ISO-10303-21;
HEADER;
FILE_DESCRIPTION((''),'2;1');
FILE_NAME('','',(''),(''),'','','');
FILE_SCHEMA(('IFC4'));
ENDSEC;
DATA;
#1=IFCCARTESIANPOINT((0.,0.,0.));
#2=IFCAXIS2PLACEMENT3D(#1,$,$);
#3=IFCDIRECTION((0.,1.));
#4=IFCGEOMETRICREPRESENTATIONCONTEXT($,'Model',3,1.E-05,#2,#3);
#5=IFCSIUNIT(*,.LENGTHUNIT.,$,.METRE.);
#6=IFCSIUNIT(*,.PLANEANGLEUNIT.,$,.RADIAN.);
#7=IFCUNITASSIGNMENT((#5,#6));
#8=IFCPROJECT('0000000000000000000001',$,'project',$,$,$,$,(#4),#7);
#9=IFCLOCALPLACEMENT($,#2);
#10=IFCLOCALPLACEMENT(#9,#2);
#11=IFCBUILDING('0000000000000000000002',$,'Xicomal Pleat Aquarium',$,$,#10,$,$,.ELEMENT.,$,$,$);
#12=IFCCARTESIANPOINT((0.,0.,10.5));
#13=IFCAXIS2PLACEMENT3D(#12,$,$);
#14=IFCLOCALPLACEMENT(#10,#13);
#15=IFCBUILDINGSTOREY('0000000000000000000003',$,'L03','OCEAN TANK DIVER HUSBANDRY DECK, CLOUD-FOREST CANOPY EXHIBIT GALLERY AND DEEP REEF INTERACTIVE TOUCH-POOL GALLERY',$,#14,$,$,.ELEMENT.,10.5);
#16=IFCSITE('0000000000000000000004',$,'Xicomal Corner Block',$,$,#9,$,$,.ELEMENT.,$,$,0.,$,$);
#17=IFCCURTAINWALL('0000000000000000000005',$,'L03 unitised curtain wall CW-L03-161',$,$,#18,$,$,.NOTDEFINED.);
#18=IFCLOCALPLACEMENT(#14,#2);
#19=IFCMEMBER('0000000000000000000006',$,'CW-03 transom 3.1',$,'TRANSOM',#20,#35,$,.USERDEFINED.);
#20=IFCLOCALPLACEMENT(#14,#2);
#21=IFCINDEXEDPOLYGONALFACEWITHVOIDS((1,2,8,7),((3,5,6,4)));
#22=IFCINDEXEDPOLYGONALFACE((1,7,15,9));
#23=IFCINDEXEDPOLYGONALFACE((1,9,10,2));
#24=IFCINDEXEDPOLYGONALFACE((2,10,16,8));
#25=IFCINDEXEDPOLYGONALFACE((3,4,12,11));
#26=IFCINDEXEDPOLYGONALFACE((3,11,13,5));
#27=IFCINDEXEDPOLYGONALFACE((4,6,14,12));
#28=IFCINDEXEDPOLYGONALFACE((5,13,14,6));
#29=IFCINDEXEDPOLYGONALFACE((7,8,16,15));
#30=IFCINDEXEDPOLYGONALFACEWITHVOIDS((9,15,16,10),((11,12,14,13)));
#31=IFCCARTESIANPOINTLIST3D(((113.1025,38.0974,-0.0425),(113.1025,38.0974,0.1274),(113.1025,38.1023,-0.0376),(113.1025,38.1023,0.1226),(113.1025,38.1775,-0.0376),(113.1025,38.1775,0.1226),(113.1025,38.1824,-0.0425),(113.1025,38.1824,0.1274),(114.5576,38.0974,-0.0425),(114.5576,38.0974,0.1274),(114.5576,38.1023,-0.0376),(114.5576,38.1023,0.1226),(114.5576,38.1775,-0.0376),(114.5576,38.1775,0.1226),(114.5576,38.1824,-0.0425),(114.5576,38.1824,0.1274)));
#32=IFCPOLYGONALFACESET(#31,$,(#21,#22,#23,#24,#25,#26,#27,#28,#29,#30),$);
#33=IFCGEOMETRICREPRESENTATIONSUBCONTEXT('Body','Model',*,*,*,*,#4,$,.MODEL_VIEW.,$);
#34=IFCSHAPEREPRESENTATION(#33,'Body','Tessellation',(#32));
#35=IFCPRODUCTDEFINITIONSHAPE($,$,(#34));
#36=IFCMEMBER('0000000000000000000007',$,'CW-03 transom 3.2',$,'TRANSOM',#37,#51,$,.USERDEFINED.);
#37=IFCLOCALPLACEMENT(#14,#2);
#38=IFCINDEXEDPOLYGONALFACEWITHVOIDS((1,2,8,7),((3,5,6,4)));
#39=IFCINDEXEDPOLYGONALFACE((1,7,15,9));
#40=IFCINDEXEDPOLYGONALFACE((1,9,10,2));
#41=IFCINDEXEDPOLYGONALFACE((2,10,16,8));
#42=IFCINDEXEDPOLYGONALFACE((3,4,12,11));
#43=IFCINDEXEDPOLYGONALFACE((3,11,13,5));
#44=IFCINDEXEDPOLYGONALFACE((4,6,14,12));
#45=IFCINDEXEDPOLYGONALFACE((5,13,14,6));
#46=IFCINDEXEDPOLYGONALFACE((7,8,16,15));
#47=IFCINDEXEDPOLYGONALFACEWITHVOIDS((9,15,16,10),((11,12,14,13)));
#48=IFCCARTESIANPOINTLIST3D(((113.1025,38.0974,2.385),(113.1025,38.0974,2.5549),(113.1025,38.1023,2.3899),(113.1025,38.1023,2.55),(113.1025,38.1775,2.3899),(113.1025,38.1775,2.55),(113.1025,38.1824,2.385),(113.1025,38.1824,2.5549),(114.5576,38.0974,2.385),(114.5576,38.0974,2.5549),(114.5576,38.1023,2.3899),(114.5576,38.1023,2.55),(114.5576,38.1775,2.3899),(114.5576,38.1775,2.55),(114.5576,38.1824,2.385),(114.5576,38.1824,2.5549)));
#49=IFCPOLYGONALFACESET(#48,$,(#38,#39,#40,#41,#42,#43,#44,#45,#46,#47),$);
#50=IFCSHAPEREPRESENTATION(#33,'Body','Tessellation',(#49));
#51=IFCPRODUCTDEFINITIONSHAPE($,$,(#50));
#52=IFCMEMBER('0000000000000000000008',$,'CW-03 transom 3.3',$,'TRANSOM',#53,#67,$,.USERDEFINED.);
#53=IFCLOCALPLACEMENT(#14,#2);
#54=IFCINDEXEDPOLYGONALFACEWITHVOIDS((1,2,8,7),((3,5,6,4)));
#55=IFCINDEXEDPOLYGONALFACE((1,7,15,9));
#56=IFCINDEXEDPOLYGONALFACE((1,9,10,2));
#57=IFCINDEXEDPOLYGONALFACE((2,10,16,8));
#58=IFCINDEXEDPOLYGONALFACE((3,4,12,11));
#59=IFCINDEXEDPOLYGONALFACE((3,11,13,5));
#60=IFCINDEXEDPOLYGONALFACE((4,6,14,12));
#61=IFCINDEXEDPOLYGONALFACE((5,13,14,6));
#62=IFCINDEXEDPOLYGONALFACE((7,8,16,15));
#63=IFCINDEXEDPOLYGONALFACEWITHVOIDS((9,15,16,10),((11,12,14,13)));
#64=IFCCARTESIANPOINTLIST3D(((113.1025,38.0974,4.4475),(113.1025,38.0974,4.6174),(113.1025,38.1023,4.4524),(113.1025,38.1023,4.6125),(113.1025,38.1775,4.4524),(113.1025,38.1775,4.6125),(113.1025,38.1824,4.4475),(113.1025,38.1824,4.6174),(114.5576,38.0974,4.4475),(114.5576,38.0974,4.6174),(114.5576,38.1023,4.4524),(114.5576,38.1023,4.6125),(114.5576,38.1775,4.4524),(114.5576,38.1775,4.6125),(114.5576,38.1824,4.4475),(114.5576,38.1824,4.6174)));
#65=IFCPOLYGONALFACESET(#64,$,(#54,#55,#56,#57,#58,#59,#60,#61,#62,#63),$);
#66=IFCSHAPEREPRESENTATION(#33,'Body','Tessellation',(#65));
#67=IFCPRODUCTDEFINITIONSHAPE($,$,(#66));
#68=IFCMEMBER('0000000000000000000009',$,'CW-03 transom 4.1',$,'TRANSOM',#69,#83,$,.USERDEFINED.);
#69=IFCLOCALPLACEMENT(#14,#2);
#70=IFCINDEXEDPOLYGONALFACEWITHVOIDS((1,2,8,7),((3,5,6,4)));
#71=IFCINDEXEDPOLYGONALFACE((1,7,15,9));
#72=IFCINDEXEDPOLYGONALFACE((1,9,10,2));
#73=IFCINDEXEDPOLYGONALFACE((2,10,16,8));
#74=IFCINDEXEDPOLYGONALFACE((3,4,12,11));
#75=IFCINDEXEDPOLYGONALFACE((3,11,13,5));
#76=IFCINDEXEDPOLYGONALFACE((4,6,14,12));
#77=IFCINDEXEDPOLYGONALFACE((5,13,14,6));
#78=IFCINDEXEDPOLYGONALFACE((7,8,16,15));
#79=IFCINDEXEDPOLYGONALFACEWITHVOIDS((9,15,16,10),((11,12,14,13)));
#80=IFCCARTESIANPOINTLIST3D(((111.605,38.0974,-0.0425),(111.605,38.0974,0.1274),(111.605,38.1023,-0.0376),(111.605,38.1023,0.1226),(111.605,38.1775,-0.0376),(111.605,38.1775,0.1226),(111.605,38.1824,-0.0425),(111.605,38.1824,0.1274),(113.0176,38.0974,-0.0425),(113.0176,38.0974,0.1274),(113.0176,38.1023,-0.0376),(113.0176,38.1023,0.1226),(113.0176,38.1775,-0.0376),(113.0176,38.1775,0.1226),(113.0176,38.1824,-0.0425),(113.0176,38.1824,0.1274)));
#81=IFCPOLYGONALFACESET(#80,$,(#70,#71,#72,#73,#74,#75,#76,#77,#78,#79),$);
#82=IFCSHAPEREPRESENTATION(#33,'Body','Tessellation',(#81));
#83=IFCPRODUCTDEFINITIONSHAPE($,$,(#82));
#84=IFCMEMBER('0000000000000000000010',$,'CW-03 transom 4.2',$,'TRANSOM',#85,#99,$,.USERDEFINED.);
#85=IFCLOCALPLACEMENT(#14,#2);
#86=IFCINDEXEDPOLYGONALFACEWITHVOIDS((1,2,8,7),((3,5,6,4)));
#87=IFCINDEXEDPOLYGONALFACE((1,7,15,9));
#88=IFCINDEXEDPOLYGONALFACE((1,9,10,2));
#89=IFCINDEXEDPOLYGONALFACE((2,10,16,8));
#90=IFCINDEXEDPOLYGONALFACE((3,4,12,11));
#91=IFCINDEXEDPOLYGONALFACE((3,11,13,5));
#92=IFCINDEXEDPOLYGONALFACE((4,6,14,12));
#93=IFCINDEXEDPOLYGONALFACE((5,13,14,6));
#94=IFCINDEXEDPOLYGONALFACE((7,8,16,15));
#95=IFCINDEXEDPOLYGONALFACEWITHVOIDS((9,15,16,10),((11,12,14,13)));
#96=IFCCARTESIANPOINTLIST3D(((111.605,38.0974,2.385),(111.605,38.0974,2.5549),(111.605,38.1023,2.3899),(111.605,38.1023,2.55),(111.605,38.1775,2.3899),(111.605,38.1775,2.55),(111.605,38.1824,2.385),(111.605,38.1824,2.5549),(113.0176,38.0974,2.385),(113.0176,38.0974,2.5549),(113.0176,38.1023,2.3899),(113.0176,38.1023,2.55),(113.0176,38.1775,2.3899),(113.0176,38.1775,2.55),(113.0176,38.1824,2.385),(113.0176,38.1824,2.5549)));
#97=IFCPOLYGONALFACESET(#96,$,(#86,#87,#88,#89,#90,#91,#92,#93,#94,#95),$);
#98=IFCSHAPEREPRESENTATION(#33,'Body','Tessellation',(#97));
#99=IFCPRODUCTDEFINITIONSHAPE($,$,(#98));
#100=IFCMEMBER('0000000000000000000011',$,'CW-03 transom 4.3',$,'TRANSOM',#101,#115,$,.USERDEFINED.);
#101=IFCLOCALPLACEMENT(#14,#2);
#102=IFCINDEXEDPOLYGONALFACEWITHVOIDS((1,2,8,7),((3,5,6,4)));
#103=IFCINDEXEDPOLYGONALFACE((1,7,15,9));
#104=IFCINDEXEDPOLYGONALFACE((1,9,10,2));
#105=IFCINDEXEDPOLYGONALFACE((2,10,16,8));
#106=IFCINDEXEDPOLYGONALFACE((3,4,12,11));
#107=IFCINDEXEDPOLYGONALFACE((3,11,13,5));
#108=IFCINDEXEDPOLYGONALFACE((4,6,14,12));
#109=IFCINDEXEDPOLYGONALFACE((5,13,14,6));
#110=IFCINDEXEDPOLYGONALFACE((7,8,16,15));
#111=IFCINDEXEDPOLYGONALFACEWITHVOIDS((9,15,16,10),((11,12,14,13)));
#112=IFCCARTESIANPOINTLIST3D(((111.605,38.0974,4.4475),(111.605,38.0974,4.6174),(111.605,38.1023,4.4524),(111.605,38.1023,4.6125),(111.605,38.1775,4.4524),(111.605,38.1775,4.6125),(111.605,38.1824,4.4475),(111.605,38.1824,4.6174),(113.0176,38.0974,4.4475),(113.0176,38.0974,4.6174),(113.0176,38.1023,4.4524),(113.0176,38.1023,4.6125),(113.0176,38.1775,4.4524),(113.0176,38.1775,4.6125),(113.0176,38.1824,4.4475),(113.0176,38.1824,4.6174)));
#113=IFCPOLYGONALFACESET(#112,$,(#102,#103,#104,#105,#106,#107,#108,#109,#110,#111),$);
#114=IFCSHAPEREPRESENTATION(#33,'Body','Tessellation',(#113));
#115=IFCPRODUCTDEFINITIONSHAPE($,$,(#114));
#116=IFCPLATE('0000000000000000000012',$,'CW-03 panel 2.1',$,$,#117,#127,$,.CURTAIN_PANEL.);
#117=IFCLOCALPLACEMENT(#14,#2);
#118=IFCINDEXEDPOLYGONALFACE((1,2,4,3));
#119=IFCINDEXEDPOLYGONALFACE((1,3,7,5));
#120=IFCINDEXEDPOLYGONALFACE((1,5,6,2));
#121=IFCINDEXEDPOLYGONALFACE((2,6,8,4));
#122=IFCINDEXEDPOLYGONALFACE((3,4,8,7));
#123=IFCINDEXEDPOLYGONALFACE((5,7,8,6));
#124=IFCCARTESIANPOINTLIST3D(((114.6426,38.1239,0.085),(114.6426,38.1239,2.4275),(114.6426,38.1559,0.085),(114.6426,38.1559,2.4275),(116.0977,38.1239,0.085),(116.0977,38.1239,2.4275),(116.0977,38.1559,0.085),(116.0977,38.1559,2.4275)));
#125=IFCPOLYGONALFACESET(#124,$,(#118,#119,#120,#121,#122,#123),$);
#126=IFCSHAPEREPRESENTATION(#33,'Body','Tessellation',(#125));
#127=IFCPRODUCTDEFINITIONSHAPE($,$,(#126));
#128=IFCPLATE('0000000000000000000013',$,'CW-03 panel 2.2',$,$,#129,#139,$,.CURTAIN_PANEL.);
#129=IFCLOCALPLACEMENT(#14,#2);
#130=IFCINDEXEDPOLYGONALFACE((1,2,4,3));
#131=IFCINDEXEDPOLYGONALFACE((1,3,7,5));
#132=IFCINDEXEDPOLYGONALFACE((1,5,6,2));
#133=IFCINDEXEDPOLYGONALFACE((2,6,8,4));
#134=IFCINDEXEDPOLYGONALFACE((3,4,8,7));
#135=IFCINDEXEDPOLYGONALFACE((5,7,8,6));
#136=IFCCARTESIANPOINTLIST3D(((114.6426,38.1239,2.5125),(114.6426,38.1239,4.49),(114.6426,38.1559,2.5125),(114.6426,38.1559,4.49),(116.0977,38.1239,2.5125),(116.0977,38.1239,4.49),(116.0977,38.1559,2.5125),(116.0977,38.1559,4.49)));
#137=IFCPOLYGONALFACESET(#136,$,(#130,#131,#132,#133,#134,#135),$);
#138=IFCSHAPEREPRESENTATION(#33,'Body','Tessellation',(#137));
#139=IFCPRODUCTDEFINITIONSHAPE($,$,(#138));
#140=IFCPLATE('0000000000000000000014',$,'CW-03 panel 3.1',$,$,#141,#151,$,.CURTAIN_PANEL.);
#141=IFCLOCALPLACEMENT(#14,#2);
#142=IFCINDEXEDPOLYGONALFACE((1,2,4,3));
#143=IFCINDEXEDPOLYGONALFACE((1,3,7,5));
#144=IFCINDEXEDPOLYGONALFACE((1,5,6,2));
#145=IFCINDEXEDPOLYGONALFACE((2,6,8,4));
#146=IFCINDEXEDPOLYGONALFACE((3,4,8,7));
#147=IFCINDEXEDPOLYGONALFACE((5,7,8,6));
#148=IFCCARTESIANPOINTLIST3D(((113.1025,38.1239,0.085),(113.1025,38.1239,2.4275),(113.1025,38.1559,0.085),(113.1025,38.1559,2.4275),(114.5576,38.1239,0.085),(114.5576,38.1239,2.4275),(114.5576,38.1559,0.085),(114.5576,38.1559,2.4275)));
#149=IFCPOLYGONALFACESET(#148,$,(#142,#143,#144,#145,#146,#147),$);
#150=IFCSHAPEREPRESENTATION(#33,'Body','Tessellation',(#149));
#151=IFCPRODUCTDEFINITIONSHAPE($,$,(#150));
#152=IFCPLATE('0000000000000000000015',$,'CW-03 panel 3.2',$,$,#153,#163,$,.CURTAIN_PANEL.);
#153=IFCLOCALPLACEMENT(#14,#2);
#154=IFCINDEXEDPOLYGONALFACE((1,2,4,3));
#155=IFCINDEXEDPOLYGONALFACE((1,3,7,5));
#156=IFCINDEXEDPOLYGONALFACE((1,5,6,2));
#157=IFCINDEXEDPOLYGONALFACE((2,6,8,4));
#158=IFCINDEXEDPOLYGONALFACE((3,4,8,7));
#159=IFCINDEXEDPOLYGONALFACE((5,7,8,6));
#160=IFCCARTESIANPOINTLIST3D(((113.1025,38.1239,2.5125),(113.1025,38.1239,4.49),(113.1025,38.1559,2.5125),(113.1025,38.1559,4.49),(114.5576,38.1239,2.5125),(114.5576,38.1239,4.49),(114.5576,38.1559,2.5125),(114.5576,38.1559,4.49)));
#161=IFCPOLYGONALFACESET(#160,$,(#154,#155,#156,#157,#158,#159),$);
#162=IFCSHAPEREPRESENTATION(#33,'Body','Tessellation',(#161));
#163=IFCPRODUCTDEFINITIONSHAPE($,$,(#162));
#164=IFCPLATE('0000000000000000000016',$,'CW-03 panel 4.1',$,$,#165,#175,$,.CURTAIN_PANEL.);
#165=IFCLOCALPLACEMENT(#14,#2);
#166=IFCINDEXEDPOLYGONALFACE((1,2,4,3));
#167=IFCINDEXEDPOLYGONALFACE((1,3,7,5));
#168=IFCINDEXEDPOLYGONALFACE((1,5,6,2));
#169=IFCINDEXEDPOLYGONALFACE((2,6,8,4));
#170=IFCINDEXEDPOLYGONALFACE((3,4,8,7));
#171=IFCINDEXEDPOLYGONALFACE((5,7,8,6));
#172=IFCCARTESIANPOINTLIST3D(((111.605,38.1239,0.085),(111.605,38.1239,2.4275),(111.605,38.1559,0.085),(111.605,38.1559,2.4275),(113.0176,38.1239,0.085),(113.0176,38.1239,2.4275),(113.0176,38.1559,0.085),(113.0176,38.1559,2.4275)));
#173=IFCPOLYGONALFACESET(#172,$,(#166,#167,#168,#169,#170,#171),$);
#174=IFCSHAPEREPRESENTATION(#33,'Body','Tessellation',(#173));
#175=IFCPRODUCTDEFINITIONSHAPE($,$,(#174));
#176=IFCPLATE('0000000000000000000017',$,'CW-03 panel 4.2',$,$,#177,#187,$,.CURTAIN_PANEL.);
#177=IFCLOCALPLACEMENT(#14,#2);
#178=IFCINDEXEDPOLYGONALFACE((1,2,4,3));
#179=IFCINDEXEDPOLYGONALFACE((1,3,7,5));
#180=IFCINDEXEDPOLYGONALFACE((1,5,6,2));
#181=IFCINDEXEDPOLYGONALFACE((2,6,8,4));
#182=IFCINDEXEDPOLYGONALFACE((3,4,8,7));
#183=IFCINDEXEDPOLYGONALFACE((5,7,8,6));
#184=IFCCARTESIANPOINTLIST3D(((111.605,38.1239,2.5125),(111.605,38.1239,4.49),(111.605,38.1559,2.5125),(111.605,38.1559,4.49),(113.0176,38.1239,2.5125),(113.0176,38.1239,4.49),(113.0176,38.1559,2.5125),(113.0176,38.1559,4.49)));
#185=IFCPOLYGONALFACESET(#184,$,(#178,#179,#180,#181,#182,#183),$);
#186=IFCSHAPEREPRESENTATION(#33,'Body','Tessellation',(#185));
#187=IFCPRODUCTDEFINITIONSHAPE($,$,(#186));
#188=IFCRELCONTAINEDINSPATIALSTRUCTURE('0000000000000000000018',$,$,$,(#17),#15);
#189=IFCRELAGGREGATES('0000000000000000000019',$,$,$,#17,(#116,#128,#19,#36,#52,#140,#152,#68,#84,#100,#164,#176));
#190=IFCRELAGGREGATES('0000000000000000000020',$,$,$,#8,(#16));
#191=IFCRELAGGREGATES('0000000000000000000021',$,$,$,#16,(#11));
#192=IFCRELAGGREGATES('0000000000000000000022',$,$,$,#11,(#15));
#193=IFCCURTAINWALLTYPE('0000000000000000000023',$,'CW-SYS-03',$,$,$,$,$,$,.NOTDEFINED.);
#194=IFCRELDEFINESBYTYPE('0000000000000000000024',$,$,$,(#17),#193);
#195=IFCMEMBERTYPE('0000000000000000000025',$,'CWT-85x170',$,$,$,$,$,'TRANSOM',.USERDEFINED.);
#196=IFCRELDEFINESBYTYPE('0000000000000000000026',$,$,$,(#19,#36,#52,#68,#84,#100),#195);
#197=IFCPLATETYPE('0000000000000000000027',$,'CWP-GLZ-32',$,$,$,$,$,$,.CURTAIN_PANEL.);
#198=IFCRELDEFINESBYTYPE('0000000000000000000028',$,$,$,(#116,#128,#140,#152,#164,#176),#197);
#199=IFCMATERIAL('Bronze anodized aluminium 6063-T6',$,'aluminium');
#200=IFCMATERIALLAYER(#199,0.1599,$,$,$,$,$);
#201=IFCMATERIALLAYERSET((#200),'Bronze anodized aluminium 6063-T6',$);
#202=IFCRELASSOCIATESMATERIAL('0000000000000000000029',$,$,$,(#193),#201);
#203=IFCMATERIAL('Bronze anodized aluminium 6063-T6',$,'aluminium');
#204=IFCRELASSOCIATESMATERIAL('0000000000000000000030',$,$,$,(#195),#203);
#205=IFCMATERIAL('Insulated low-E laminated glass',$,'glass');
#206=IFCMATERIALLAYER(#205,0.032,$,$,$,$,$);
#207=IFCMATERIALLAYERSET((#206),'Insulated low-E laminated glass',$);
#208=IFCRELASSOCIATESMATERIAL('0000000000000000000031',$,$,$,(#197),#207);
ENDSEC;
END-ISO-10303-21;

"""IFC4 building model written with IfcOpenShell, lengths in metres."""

from ifc_helpers import new_model, si_unit, direction, frame, origin, origin_2d, place, context, subcontext, project, spatial, rectangle, hollow_rectangle, extrude, material, layer, layer_set, material_profile, profile_set, type_object, element, aggregate, save


model = new_model("IFC4")

# Units and contexts
model_context = context("Model", 3, precision=1e-05, world=origin(), true_north=direction((0.0, 1.0)))
body_context = subcontext(model_context, "Body", "Model", "MODEL_VIEW")
ifc_project = project(units=[si_unit("LENGTHUNIT", "METRE"), si_unit("PLANEANGLEUNIT", "RADIAN")], contexts=[model_context])

# Site, building, storey
site_placement = place(None, origin())
site = spatial("IfcSite", under=ifc_project, at=site_placement, Name="Xicomal Corner Block", CompositionType="ELEMENT", RefElevation=0.0)
building_placement = place(site_placement, origin())
building = spatial("IfcBuilding", under=site, at=building_placement, Name="Xicomal Pleat Aquarium", CompositionType="ELEMENT")
storey_placement = place(building_placement, frame((0.0, 0.0, 10.5)))
storey = spatial("IfcBuildingStorey", under=building, at=storey_placement, Name="L03", Description="OCEAN TANK DIVER HUSBANDRY DECK, CLOUD-FOREST CANOPY EXHIBIT GALLERY AND DEEP REEF INTERACTIVE TOUCH-POOL GALLERY", CompositionType="ELEMENT", Elevation=10.5)

# Curtain wall, members, plates
ifc_material_1 = material(Name="Bronze anodized aluminium 6063-T6", Category="aluminium")
ifc_layer_1 = layer(ifc_material_1, 0.1599)
ifc_layer_set_1 = layer_set([ifc_layer_1], Name="Bronze anodized aluminium 6063-T6")
curtain_wall_type = type_object("IfcCurtainWallType", Name="CW-SYS-03", PredefinedType="NOTDEFINED", material=ifc_layer_set_1)
curtain_wall_placement = place(storey_placement, origin())
curtain_wall = element("IfcCurtainWall", 1, at=curtain_wall_placement, inside=storey, type_object=curtain_wall_type, Name="L03 unitised curtain wall CW-L03-161", PredefinedType="NOTDEFINED")
ifc_material_2 = material(Name="Bronze anodized aluminium 6063-T6", Category="aluminium")
ifc_material_profile_1 = material_profile(ifc_material_2, hollow_rectangle(XDim=0.085, YDim=0.1699, WallThickness=0.0049, at=origin_2d()), Name="ALU TRAN 85x170")
ifc_profile_set_1 = profile_set([ifc_material_profile_1], Name="Bronze anodized aluminium 6063-T6")
member_type_1 = type_object("IfcMemberType", Name="CWT-85x170", ElementType="TRANSOM", PredefinedType="USERDEFINED", material=ifc_profile_set_1)
member_1_placement = place(storey_placement, frame((114.5576, 38.1399, 0.0425), z_axis=(-1.0, 0.0, 0.0), x_axis=(0.0, -1.0, 0.0)))
member_1 = element("IfcMember", 2, at=member_1_placement, type_object=member_type_1, Name="CW-03 transom 3.1", ObjectType="TRANSOM", PredefinedType="USERDEFINED", context=body_context, shape_type="SweptSolid", body=[
    extrude(hollow_rectangle(XDim=0.085, YDim=0.1699, WallThickness=0.0049, at=origin_2d()), origin(), (0.0, 0.0, 1.0), 1.4551),
])
member_2_placement = place(storey_placement, frame((114.5576, 38.1399, 2.47), z_axis=(-1.0, 0.0, 0.0), x_axis=(0.0, -1.0, 0.0)))
member_2 = element("IfcMember", 3, at=member_2_placement, type_object=member_type_1, Name="CW-03 transom 3.2", ObjectType="TRANSOM", PredefinedType="USERDEFINED", context=body_context, shape_type="SweptSolid", body=[
    extrude(hollow_rectangle(XDim=0.085, YDim=0.1699, WallThickness=0.0049, at=origin_2d()), origin(), (0.0, 0.0, 1.0), 1.4551),
])
member_3_placement = place(storey_placement, frame((114.5576, 38.1399, 4.5325), z_axis=(-1.0, 0.0, 0.0), x_axis=(0.0, -1.0, 0.0)))
member_3 = element("IfcMember", 4, at=member_3_placement, type_object=member_type_1, Name="CW-03 transom 3.3", ObjectType="TRANSOM", PredefinedType="USERDEFINED", context=body_context, shape_type="SweptSolid", body=[
    extrude(hollow_rectangle(XDim=0.085, YDim=0.1699, WallThickness=0.0049, at=origin_2d()), origin(), (0.0, 0.0, 1.0), 1.4551),
])
member_4_placement = place(storey_placement, frame((113.0176, 38.1399, 0.0425), z_axis=(-1.0, 0.0, 0.0), x_axis=(0.0, -1.0, 0.0)))
member_4 = element("IfcMember", 5, at=member_4_placement, type_object=member_type_1, Name="CW-03 transom 4.1", ObjectType="TRANSOM", PredefinedType="USERDEFINED", context=body_context, shape_type="SweptSolid", body=[
    extrude(hollow_rectangle(XDim=0.085, YDim=0.1699, WallThickness=0.0049, at=origin_2d()), origin(), (0.0, 0.0, 1.0), 1.4126),
])
member_5_placement = place(storey_placement, frame((113.0176, 38.1399, 2.47), z_axis=(-1.0, 0.0, 0.0), x_axis=(0.0, -1.0, 0.0)))
member_5 = element("IfcMember", 6, at=member_5_placement, type_object=member_type_1, Name="CW-03 transom 4.2", ObjectType="TRANSOM", PredefinedType="USERDEFINED", context=body_context, shape_type="SweptSolid", body=[
    extrude(hollow_rectangle(XDim=0.085, YDim=0.1699, WallThickness=0.0049, at=origin_2d()), origin(), (0.0, 0.0, 1.0), 1.4126),
])
member_6_placement = place(storey_placement, frame((113.0176, 38.1399, 4.5325), z_axis=(-1.0, 0.0, 0.0), x_axis=(0.0, -1.0, 0.0)))
member_6 = element("IfcMember", 7, at=member_6_placement, type_object=member_type_1, Name="CW-03 transom 4.3", ObjectType="TRANSOM", PredefinedType="USERDEFINED", context=body_context, shape_type="SweptSolid", body=[
    extrude(hollow_rectangle(XDim=0.085, YDim=0.1699, WallThickness=0.0049, at=origin_2d()), origin(), (0.0, 0.0, 1.0), 1.4126),
])
ifc_material_3 = material(Name="Insulated low-E laminated glass", Category="glass")
ifc_layer_2 = layer(ifc_material_3, 0.032)
ifc_layer_set_2 = layer_set([ifc_layer_2], Name="Insulated low-E laminated glass")
plate_type = type_object("IfcPlateType", Name="CWP-GLZ-32", PredefinedType="CURTAIN_PANEL", material=ifc_layer_set_2)
plate_1_placement = place(storey_placement, frame((115.3701, 38.1399, 0.085), z_axis=(0.0, 0.0, 1.0), x_axis=(-1.0, 0.0, 0.0)))
plate_1 = element("IfcPlate", 8, at=plate_1_placement, type_object=plate_type, Name="CW-03 panel 2.1", PredefinedType="CURTAIN_PANEL", context=body_context, shape_type="SweptSolid", body=[
    extrude(rectangle(XDim=1.4551, YDim=0.032, at=origin_2d()), origin(), (0.0, 0.0, 1.0), 2.3425),
])
plate_2_placement = place(storey_placement, frame((115.3701, 38.1399, 2.5125), z_axis=(0.0, 0.0, 1.0), x_axis=(-1.0, 0.0, 0.0)))
plate_2 = element("IfcPlate", 9, at=plate_2_placement, type_object=plate_type, Name="CW-03 panel 2.2", PredefinedType="CURTAIN_PANEL", context=body_context, shape_type="SweptSolid", body=[
    extrude(rectangle(XDim=1.4551, YDim=0.032, at=origin_2d()), origin(), (0.0, 0.0, 1.0), 1.9775),
])
plate_3_placement = place(storey_placement, frame((113.8301, 38.1399, 0.085), z_axis=(0.0, 0.0, 1.0), x_axis=(-1.0, 0.0, 0.0)))
plate_3 = element("IfcPlate", 10, at=plate_3_placement, type_object=plate_type, Name="CW-03 panel 3.1", PredefinedType="CURTAIN_PANEL", context=body_context, shape_type="SweptSolid", body=[
    extrude(rectangle(XDim=1.4551, YDim=0.032, at=origin_2d()), origin(), (0.0, 0.0, 1.0), 2.3425),
])
plate_4_placement = place(storey_placement, frame((113.8301, 38.1399, 2.5125), z_axis=(0.0, 0.0, 1.0), x_axis=(-1.0, 0.0, 0.0)))
plate_4 = element("IfcPlate", 11, at=plate_4_placement, type_object=plate_type, Name="CW-03 panel 3.2", PredefinedType="CURTAIN_PANEL", context=body_context, shape_type="SweptSolid", body=[
    extrude(rectangle(XDim=1.4551, YDim=0.032, at=origin_2d()), origin(), (0.0, 0.0, 1.0), 1.9775),
])
plate_5_placement = place(storey_placement, frame((112.3113, 38.1399, 0.085), z_axis=(0.0, 0.0, 1.0), x_axis=(-1.0, 0.0, 0.0)))
plate_5 = element("IfcPlate", 12, at=plate_5_placement, type_object=plate_type, Name="CW-03 panel 4.1", PredefinedType="CURTAIN_PANEL", context=body_context, shape_type="SweptSolid", body=[
    extrude(rectangle(XDim=1.4126, YDim=0.032, at=origin_2d()), origin(), (0.0, 0.0, 1.0), 2.3425),
])
plate_6_placement = place(storey_placement, frame((112.3113, 38.1399, 2.5125), z_axis=(0.0, 0.0, 1.0), x_axis=(-1.0, 0.0, 0.0)))
plate_6 = element("IfcPlate", 13, at=plate_6_placement, type_object=plate_type, Name="CW-03 panel 4.2", PredefinedType="CURTAIN_PANEL", context=body_context, shape_type="SweptSolid", body=[
    extrude(rectangle(XDim=1.4126, YDim=0.032, at=origin_2d()), origin(), (0.0, 0.0, 1.0), 1.9775),
])
aggregate(curtain_wall, [plate_1, plate_2, member_1, member_2, member_3, plate_3, plate_4, member_4, member_5, member_6, plate_5, plate_6])

save(model, "model.ifc")
